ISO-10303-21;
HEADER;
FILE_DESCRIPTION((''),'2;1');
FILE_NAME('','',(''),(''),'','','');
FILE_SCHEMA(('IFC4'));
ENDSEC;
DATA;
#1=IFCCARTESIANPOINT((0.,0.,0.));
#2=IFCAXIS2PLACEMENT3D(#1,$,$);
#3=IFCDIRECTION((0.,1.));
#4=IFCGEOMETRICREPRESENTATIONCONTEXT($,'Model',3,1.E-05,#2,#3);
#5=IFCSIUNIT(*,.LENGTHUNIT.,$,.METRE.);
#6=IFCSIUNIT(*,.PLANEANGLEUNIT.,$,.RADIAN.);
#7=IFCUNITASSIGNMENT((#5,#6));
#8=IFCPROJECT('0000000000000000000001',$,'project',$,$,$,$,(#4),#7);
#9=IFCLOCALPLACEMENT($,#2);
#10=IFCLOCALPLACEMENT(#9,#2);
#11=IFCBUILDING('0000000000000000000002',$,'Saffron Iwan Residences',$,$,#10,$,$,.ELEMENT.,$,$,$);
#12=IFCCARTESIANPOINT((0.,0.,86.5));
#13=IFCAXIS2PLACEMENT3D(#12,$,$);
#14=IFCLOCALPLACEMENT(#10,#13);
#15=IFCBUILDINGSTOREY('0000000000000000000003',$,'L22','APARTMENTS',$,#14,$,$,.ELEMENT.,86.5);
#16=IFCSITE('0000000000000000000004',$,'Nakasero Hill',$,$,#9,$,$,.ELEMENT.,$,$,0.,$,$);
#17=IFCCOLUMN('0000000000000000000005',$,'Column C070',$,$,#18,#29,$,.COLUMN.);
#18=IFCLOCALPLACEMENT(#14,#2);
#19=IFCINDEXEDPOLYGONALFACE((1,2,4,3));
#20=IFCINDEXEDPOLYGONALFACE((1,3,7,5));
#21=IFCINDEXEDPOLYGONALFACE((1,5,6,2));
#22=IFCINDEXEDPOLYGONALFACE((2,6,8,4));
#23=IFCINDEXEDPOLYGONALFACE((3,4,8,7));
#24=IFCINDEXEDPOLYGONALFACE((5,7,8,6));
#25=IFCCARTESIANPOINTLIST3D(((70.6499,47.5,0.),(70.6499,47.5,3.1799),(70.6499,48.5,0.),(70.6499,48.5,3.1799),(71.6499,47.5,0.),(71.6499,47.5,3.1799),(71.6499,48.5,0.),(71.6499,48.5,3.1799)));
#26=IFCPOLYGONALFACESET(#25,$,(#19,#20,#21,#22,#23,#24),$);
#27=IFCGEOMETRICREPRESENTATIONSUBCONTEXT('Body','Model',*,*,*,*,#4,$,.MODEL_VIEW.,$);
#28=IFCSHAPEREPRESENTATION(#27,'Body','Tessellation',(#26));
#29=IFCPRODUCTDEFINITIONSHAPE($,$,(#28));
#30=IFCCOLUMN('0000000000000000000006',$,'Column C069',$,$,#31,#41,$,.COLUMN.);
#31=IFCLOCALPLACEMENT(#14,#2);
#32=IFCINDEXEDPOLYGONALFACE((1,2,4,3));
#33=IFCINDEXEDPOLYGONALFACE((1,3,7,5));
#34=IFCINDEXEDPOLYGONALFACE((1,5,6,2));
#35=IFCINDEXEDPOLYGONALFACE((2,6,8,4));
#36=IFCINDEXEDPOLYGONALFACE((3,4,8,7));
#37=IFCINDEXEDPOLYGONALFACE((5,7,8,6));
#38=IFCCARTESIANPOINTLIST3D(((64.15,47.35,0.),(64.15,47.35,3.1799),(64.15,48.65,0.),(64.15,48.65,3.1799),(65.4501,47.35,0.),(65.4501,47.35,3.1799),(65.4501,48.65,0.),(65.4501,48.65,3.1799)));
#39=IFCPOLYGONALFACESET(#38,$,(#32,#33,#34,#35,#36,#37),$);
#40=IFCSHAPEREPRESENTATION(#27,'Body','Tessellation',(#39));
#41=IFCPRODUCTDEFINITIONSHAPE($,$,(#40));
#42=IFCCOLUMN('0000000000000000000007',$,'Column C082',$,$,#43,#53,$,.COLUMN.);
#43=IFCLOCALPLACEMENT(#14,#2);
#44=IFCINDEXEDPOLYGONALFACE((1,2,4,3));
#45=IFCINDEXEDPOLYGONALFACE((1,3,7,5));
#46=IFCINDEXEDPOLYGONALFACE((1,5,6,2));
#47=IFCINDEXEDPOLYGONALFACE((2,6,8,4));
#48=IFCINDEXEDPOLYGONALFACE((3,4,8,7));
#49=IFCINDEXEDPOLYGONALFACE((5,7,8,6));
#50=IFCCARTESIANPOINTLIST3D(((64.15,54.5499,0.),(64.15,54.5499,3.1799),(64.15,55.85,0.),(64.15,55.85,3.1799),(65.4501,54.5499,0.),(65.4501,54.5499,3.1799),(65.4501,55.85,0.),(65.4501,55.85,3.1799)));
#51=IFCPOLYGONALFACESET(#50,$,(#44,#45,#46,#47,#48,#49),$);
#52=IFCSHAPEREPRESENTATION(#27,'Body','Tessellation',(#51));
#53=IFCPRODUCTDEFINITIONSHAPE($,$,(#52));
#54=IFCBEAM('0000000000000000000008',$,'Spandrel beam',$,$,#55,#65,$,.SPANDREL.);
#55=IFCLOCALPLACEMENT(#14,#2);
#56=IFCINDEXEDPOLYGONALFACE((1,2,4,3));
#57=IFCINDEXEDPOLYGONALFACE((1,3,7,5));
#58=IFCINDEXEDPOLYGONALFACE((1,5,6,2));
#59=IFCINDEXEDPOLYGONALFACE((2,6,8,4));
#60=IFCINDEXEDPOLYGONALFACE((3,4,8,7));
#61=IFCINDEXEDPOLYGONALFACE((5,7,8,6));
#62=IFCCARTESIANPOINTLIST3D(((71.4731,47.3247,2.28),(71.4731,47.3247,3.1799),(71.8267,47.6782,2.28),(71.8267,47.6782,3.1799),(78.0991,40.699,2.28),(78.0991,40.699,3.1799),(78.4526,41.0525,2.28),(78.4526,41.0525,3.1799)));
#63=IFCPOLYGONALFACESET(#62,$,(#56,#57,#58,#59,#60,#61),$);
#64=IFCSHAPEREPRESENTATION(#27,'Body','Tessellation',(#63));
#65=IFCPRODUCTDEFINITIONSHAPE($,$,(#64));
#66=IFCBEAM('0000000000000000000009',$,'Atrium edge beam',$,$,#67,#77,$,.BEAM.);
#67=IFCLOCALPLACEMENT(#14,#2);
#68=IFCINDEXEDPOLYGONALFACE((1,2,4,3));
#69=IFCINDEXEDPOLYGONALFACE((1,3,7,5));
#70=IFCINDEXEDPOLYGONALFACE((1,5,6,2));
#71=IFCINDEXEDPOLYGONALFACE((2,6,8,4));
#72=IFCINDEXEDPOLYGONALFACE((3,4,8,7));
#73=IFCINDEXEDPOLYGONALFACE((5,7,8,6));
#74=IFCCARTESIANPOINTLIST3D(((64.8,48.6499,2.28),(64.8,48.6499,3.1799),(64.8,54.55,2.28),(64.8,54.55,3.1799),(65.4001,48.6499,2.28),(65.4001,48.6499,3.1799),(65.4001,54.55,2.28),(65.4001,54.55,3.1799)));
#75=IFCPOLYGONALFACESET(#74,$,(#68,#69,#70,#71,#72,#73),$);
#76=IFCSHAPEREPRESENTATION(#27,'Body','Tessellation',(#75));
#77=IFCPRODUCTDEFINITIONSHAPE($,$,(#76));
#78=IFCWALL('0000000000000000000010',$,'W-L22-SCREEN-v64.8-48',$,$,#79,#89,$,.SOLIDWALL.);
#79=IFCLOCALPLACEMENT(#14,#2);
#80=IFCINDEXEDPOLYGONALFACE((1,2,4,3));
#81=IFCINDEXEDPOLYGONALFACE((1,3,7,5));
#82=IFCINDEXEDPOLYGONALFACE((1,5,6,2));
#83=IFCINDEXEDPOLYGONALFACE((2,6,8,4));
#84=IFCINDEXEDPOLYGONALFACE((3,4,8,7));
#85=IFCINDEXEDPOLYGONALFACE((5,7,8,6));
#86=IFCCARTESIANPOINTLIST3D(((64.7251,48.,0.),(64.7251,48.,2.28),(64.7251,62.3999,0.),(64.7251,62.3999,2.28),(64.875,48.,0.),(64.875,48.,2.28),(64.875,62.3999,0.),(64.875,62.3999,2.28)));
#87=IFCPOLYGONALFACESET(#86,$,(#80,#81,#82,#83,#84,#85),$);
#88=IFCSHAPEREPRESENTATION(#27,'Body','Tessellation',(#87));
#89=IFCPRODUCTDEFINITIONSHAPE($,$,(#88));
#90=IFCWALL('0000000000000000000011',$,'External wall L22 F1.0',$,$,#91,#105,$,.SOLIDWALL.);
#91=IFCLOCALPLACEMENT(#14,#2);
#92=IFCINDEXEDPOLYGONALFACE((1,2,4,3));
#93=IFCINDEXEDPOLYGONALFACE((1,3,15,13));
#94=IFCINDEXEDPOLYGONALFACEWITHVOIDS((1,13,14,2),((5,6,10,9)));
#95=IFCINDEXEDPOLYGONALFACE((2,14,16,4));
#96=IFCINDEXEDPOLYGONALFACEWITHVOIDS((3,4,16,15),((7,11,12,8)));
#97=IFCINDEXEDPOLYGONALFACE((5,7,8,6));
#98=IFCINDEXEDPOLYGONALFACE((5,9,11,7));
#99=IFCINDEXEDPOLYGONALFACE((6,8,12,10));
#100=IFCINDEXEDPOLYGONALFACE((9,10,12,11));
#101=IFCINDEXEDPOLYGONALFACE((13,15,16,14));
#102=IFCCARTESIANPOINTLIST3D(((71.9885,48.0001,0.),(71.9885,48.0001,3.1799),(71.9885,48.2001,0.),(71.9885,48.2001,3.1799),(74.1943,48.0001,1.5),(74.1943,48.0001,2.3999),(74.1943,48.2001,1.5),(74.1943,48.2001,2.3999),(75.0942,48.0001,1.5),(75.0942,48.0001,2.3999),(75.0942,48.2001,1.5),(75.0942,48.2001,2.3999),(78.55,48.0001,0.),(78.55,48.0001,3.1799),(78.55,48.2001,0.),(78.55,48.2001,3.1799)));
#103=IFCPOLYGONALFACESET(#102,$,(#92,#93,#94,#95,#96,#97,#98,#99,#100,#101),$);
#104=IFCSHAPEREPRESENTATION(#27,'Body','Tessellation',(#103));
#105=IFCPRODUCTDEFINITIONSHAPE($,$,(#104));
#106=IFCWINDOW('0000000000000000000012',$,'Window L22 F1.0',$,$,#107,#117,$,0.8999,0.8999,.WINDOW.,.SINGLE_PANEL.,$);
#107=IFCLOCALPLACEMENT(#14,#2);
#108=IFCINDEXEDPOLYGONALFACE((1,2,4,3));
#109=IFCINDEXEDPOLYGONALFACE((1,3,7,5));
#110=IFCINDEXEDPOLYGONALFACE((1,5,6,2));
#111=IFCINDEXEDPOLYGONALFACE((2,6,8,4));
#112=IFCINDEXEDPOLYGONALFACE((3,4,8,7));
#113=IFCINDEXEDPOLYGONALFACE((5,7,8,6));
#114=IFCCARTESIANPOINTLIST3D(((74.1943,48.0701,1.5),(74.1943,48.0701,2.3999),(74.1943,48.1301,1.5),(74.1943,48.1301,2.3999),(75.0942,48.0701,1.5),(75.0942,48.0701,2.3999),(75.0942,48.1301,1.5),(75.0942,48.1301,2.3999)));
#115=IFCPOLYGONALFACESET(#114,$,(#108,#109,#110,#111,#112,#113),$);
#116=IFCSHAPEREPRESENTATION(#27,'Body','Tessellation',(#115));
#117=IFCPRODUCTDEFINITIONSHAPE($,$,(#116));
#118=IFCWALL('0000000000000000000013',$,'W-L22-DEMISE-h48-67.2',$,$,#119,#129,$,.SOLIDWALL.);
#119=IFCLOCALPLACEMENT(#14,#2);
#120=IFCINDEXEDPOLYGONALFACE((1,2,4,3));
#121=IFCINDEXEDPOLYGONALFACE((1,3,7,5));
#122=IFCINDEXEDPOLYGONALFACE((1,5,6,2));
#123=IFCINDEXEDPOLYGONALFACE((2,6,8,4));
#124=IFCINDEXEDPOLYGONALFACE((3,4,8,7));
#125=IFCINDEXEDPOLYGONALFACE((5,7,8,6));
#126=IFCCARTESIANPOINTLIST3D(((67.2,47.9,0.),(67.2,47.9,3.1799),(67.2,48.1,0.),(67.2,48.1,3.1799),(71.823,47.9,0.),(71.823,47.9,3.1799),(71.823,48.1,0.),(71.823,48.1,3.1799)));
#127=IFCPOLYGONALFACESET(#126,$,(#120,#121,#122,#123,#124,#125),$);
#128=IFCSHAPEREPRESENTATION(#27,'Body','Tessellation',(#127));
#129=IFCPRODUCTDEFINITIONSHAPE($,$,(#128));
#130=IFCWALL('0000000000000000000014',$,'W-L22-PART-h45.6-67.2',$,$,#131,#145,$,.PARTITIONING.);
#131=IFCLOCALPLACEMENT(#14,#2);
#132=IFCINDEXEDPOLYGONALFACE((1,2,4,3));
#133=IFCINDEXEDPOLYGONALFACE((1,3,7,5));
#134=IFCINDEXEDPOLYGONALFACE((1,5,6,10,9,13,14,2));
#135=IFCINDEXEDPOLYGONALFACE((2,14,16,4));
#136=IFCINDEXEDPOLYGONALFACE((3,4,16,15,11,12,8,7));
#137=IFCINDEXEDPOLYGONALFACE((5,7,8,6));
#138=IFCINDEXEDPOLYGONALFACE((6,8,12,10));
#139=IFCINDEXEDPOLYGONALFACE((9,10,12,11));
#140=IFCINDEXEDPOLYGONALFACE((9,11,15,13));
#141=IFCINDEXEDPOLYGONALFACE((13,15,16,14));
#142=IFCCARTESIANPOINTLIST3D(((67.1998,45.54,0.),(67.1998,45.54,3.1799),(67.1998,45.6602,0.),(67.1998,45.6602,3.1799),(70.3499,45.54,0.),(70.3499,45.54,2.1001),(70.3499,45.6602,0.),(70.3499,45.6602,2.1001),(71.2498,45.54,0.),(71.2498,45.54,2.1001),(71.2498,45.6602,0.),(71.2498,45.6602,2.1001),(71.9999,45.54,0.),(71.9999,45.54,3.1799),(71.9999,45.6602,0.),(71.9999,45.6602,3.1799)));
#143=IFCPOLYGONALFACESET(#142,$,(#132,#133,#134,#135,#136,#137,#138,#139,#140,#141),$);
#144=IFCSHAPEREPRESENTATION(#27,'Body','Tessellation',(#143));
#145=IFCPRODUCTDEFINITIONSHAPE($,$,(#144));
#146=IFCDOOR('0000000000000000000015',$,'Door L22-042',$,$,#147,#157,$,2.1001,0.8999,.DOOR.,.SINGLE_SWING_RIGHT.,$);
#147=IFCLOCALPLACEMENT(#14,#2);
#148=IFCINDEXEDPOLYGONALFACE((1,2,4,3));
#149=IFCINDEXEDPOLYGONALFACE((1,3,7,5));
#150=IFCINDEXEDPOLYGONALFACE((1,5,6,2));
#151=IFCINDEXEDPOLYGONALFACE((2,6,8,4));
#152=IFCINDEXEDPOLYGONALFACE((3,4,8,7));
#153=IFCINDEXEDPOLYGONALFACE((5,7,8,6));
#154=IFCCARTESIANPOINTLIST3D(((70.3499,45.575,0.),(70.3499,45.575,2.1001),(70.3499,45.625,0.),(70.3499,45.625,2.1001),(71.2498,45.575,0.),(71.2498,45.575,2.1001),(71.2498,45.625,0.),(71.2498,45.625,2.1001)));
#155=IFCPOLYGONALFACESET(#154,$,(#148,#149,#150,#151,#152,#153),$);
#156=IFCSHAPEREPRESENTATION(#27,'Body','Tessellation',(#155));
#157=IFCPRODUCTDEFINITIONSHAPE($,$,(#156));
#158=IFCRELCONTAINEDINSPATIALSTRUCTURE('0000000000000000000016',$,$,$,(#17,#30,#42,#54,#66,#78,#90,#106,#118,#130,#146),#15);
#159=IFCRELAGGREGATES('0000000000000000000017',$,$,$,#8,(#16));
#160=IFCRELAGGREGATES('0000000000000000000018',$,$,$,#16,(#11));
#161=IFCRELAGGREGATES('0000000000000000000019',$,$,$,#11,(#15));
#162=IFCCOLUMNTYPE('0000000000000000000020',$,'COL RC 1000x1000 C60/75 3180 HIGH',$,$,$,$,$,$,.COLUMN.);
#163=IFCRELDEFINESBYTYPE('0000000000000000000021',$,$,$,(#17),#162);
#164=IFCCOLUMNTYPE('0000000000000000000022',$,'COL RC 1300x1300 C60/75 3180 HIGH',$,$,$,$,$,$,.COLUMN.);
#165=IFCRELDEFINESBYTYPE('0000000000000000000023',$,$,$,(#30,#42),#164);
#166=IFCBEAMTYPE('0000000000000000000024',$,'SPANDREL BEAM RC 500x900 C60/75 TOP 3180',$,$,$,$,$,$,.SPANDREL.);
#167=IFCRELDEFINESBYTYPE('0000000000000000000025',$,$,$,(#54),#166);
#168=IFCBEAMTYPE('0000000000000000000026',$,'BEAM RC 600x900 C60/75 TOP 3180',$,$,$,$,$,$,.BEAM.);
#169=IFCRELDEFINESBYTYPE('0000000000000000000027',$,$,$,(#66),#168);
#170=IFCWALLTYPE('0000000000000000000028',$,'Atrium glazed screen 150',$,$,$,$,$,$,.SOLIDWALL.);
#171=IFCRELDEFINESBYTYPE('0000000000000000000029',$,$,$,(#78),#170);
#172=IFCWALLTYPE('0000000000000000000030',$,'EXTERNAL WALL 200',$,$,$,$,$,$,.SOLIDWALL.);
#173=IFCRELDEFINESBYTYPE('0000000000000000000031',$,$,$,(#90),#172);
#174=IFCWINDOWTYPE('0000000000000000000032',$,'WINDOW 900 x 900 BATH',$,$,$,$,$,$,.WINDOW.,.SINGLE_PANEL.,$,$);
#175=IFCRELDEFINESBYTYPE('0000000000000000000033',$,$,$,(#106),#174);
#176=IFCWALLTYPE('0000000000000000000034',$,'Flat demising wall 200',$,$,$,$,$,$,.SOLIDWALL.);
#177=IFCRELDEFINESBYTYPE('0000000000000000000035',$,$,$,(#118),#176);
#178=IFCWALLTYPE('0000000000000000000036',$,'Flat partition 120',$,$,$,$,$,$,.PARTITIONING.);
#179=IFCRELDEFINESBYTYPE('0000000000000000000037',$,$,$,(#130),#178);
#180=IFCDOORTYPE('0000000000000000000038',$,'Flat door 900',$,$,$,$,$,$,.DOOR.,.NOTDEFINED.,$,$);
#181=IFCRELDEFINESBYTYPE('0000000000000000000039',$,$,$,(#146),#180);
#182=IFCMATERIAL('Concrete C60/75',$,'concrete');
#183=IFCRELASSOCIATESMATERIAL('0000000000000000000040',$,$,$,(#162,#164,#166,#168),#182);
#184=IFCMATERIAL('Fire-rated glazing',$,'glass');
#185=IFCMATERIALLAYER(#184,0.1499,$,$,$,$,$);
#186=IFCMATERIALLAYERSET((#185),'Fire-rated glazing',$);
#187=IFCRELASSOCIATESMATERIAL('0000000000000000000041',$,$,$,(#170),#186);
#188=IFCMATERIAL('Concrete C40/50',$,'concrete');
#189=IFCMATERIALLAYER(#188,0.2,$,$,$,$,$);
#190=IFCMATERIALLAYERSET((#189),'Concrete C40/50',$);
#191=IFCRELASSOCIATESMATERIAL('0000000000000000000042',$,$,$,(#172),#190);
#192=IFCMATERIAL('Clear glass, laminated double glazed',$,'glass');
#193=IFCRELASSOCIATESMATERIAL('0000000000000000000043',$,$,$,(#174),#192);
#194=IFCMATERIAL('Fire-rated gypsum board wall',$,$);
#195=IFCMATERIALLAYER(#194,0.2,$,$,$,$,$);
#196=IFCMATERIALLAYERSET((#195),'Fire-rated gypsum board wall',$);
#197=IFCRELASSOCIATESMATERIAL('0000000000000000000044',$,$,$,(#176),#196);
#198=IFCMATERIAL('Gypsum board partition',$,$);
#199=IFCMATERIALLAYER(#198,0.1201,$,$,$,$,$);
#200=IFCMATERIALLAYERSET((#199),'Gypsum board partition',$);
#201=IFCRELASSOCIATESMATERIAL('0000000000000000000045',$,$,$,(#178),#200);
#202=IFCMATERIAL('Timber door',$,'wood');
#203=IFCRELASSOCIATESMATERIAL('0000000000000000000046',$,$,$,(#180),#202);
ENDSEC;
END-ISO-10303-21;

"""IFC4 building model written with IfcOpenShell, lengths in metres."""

from ifc_helpers import new_model, si_unit, direction, frame, frame_2d, origin, origin_2d, place, context, subcontext, project, spatial, rectangle, extrude, source, transform, mapped, material, layer, layer_set, material_profile, profile_set, type_object, element, fill, save


model = new_model("IFC4")

# Units and contexts
model_context = context("Model", 3, precision=1e-05, world=origin(), true_north=direction((0.0, 1.0)))
body_context = subcontext(model_context, "Body", "Model", "MODEL_VIEW")
ifc_project = project(units=[si_unit("LENGTHUNIT", "METRE"), si_unit("PLANEANGLEUNIT", "RADIAN")], contexts=[model_context])

# Site, building, storey
site_placement = place(None, origin())
site = spatial("IfcSite", under=ifc_project, at=site_placement, Name="Nakasero Hill", CompositionType="ELEMENT", RefElevation=0.0)
building_placement = place(site_placement, origin())
building = spatial("IfcBuilding", under=site, at=building_placement, Name="Saffron Iwan Residences", CompositionType="ELEMENT")
storey_placement = place(building_placement, frame((0.0, 0.0, 86.5)))
storey = spatial("IfcBuildingStorey", under=building, at=storey_placement, Name="L22", Description="APARTMENTS", CompositionType="ELEMENT", Elevation=86.5)

# Columns
ifc_material_1 = material(Name="Concrete C60/75", Category="concrete")
ifc_material_profile_1 = material_profile(ifc_material_1, rectangle(XDim=1.0, YDim=1.0, at=origin_2d()), Name="RC 1000x1000")
ifc_profile_set_1 = profile_set([ifc_material_profile_1], Name="Concrete C60/75")
column_type_1 = type_object("IfcColumnType", Name="COL RC 1000x1000 C60/75 3180 HIGH", PredefinedType="COLUMN", material=ifc_profile_set_1)
shared_shape_1 = source(origin(), body_context, "Body", "SweptSolid", [
    extrude(rectangle(XDim=1.0, YDim=1.0, at=origin_2d()), origin(), (0.0, 0.0, 1.0), 3.1799),
])
column_placement = place(storey_placement, frame((71.1499, 48.0, 0.0), z_axis=(0.0, 0.0, 1.0), x_axis=(1.0, 0.0, 0.0)))
element("IfcColumn", 1, at=column_placement, inside=storey, type_object=column_type_1, Name="Column C070", PredefinedType="COLUMN", context=body_context, shape_type="MappedRepresentation", body=[
    mapped(shared_shape_1, transform((0.0, 0.0, 0.0))),
])
ifc_material_profile_2 = material_profile(ifc_material_1, rectangle(XDim=1.3, YDim=1.3, at=origin_2d()), Name="RC 1300x1300")
ifc_profile_set_2 = profile_set([ifc_material_profile_2], Name="Concrete C60/75")
column_type_2 = type_object("IfcColumnType", Name="COL RC 1300x1300 C60/75 3180 HIGH", PredefinedType="COLUMN", material=ifc_profile_set_2)
shared_shape_2 = source(origin(), body_context, "Body", "SweptSolid", [
    extrude(rectangle(XDim=1.3, YDim=1.3, at=origin_2d()), origin(), (0.0, 0.0, 1.0), 3.1799),
])
for number, where, z_axis, x_axis, name in (
    (2, (64.8, 48.0, 0.0), (0.0, 0.0, 1.0), (1.0, 0.0, 0.0), "Column C069"),
    (3, (64.8, 55.2, 0.0), (0.0, 0.0, 1.0), (1.0, 0.0, 0.0), "Column C082"),
):
    element("IfcColumn", number, at=place(storey_placement, frame(where, z_axis=z_axis, x_axis=x_axis)), inside=storey, type_object=column_type_2, Name=name, PredefinedType="COLUMN", context=body_context, shape_type="MappedRepresentation", body=[
        mapped(shared_shape_2, transform((0.0, 0.0, 0.0))),
    ])

# Beams
ifc_material_profile_3 = material_profile(ifc_material_1, rectangle(XDim=0.5, YDim=0.8999, at=origin_2d()), Name="RC 500x900")
ifc_profile_set_3 = profile_set([ifc_material_profile_3], Name="Concrete C60/75")
beam_type_1 = type_object("IfcBeamType", Name="SPANDREL BEAM RC 500x900 C60/75 TOP 3180", PredefinedType="SPANDREL", material=ifc_profile_set_3)
shared_shape_3 = source(origin(), body_context, "Body", "SweptSolid", [
    extrude(rectangle(XDim=0.5, YDim=0.8999, at=origin_2d()), origin(), (0.0, 0.0, 1.0), 9.3704),
])
beam_1_placement = place(storey_placement, frame((71.6499, 47.5015, 2.73), z_axis=(0.70712, -0.707094, 0.0), x_axis=(0.707094, 0.70712, 0.0)))
element("IfcBeam", 4, at=beam_1_placement, inside=storey, type_object=beam_type_1, Name="Spandrel beam", PredefinedType="SPANDREL", context=body_context, shape_type="MappedRepresentation", body=[
    mapped(shared_shape_3, transform((0.0, 0.0, 0.0))),
])
ifc_material_profile_4 = material_profile(ifc_material_1, rectangle(XDim=0.6001, YDim=0.8999, at=origin_2d()), Name="RC 600x900")
ifc_profile_set_4 = profile_set([ifc_material_profile_4], Name="Concrete C60/75")
beam_type_2 = type_object("IfcBeamType", Name="BEAM RC 600x900 C60/75 TOP 3180", PredefinedType="BEAM", material=ifc_profile_set_4)
shared_shape_4 = source(origin(), body_context, "Body", "SweptSolid", [
    extrude(rectangle(XDim=0.6001, YDim=0.8999, at=origin_2d()), origin(), (0.0, 0.0, 1.0), 5.9001),
])
beam_2_placement = place(storey_placement, frame((65.1001, 54.55, 2.73), z_axis=(0.0, -1.0, 0.0), x_axis=(1.0, 0.0, 0.0)))
element("IfcBeam", 5, at=beam_2_placement, inside=storey, type_object=beam_type_2, Name="Atrium edge beam", PredefinedType="BEAM", context=body_context, shape_type="MappedRepresentation", body=[
    mapped(shared_shape_4, transform((0.0, 0.0, 0.0))),
])

# Wall
ifc_material_2 = material(Name="Fire-rated glazing", Category="glass")
ifc_layer_1 = layer(ifc_material_2, 0.1499)
ifc_layer_set_1 = layer_set([ifc_layer_1], Name="Fire-rated glazing")
wall_type_1 = type_object("IfcWallType", Name="Atrium glazed screen 150", PredefinedType="SOLIDWALL", material=ifc_layer_set_1)
wall_1_placement = place(storey_placement, frame((64.8, 48.0, 0.0), z_axis=(0.0, 0.0, 1.0), x_axis=(0.0, 1.0, 0.0)))
element("IfcWall", 6, at=wall_1_placement, inside=storey, type_object=wall_type_1, Name="W-L22-SCREEN-v64.8-48", PredefinedType="SOLIDWALL", context=body_context, shape_type="SweptSolid", body=[
    extrude(rectangle(XDim=14.3999, YDim=0.1499, at=frame_2d((7.2, 0.0))), origin(), (0.0, 0.0, 1.0), 2.28),
])

# Wall, opening, window
ifc_material_3 = material(Name="Concrete C40/50", Category="concrete")
ifc_layer_2 = layer(ifc_material_3, 0.2)
ifc_layer_set_2 = layer_set([ifc_layer_2], Name="Concrete C40/50")
wall_type_2 = type_object("IfcWallType", Name="EXTERNAL WALL 200", PredefinedType="SOLIDWALL", material=ifc_layer_set_2)
wall_2_placement = place(storey_placement, frame((71.9885, 48.1001, 0.0), z_axis=(0.0, 0.0, 1.0), x_axis=(1.0, 0.0, 0.0)))
wall_2 = element("IfcWall", 7, at=wall_2_placement, inside=storey, type_object=wall_type_2, Name="External wall L22 F1.0", PredefinedType="SOLIDWALL", context=body_context, shape_type="SweptSolid", body=[
    extrude(rectangle(XDim=6.5615, YDim=0.2, at=frame_2d((3.2808, 0.0))), origin(), (0.0, 0.0, 1.0), 3.1799),
])
opening_1_placement = place(wall_2_placement, frame((2.2058, 0.0, 1.5)))
opening_1 = element("IfcOpeningElement", 8, at=opening_1_placement, cuts=wall_2, PredefinedType="OPENING", context=body_context, shape_type="SweptSolid", body=[
    extrude(rectangle(XDim=0.8999, YDim=0.8999, at=frame_2d((0.45, 0.45))), frame((0.0, 0.1099, 0.0), z_axis=(0.0, -1.0, 0.0), x_axis=(1.0, 0.0, 0.0)), (0.0, 0.0, 1.0), 0.22),
])
ifc_material_4 = material(Name="Clear glass, laminated double glazed", Category="glass")
window_type = type_object("IfcWindowType", Name="WINDOW 900 x 900 BATH", PartitioningType="SINGLE_PANEL", PredefinedType="WINDOW", material=ifc_material_4)
window_placement = place(opening_1_placement, origin())
window = element("IfcWindow", 9, at=window_placement, inside=storey, type_object=window_type, Name="Window L22 F1.0", OverallHeight=0.8999, OverallWidth=0.8999, PartitioningType="SINGLE_PANEL", PredefinedType="WINDOW", context=body_context, shape_type="SweptSolid", body=[
    extrude(rectangle(XDim=0.8999, YDim=0.8999, at=frame_2d((0.45, 0.45))), frame((0.0, 0.03, 0.0), z_axis=(0.0, -1.0, 0.0), x_axis=(1.0, 0.0, 0.0)), (0.0, 0.0, 1.0), 0.0601),
])
fill(opening_1, window)

# Wall
ifc_material_5 = material(Name="Fire-rated gypsum board wall")
ifc_layer_3 = layer(ifc_material_5, 0.2)
ifc_layer_set_3 = layer_set([ifc_layer_3], Name="Fire-rated gypsum board wall")
wall_type_3 = type_object("IfcWallType", Name="Flat demising wall 200", PredefinedType="SOLIDWALL", material=ifc_layer_set_3)
wall_3_placement = place(storey_placement, frame((67.2, 48.0, 0.0), z_axis=(0.0, 0.0, 1.0), x_axis=(1.0, 0.0, 0.0)))
element("IfcWall", 10, at=wall_3_placement, inside=storey, type_object=wall_type_3, Name="W-L22-DEMISE-h48-67.2", PredefinedType="SOLIDWALL", context=body_context, shape_type="SweptSolid", body=[
    extrude(rectangle(XDim=4.623, YDim=0.2, at=frame_2d((2.3115, 0.0))), origin(), (0.0, 0.0, 1.0), 3.1799),
])

# Wall, opening, door
ifc_material_6 = material(Name="Gypsum board partition")
ifc_layer_4 = layer(ifc_material_6, 0.1201)
ifc_layer_set_4 = layer_set([ifc_layer_4], Name="Gypsum board partition")
wall_type_4 = type_object("IfcWallType", Name="Flat partition 120", PredefinedType="PARTITIONING", material=ifc_layer_set_4)
wall_4_placement = place(storey_placement, frame((67.2, 45.6001, 0.0), z_axis=(0.0, 0.0, 1.0), x_axis=(1.0, 0.0, 0.0)))
wall_4 = element("IfcWall", 11, at=wall_4_placement, inside=storey, type_object=wall_type_4, Name="W-L22-PART-h45.6-67.2", PredefinedType="PARTITIONING", context=body_context, shape_type="SweptSolid", body=[
    extrude(rectangle(XDim=4.8, YDim=0.1201, at=frame_2d((2.3999, 0.0))), origin(), (0.0, 0.0, 1.0), 3.1799),
])
opening_2_placement = place(wall_4_placement, frame((3.1499, 0.0, 0.0)))
opening_2 = element("IfcOpeningElement", 12, at=opening_2_placement, cuts=wall_4, PredefinedType="OPENING", context=body_context, shape_type="SweptSolid", body=[
    extrude(rectangle(XDim=0.8999, YDim=2.1001, at=frame_2d((0.45, 1.05))), frame((0.0, 0.0701, 0.0), z_axis=(0.0, -1.0, 0.0), x_axis=(1.0, 0.0, 0.0)), (0.0, 0.0, 1.0), 0.1401),
])
ifc_material_7 = material(Name="Timber door", Category="wood")
door_type_1 = type_object("IfcDoorType", Name="Flat door 900", OperationType="NOTDEFINED", PredefinedType="DOOR", material=ifc_material_7)
door_1_placement = place(opening_2_placement, origin())
door_1 = element("IfcDoor", 13, at=door_1_placement, inside=storey, type_object=door_type_1, Name="Door L22-042", OperationType="SINGLE_SWING_RIGHT", OverallHeight=2.1001, OverallWidth=0.8999, PredefinedType="DOOR", context=body_context, shape_type="SweptSolid", body=[
    extrude(rectangle(XDim=0.8999, YDim=2.1001, at=frame_2d((0.45, 1.05))), frame((0.0, 0.0249, 0.0), z_axis=(0.0, -1.0, 0.0), x_axis=(1.0, 0.0, 0.0)), (0.0, 0.0, 1.0), 0.05),
])
fill(opening_2, door_1)

save(model, "model.ifc")
